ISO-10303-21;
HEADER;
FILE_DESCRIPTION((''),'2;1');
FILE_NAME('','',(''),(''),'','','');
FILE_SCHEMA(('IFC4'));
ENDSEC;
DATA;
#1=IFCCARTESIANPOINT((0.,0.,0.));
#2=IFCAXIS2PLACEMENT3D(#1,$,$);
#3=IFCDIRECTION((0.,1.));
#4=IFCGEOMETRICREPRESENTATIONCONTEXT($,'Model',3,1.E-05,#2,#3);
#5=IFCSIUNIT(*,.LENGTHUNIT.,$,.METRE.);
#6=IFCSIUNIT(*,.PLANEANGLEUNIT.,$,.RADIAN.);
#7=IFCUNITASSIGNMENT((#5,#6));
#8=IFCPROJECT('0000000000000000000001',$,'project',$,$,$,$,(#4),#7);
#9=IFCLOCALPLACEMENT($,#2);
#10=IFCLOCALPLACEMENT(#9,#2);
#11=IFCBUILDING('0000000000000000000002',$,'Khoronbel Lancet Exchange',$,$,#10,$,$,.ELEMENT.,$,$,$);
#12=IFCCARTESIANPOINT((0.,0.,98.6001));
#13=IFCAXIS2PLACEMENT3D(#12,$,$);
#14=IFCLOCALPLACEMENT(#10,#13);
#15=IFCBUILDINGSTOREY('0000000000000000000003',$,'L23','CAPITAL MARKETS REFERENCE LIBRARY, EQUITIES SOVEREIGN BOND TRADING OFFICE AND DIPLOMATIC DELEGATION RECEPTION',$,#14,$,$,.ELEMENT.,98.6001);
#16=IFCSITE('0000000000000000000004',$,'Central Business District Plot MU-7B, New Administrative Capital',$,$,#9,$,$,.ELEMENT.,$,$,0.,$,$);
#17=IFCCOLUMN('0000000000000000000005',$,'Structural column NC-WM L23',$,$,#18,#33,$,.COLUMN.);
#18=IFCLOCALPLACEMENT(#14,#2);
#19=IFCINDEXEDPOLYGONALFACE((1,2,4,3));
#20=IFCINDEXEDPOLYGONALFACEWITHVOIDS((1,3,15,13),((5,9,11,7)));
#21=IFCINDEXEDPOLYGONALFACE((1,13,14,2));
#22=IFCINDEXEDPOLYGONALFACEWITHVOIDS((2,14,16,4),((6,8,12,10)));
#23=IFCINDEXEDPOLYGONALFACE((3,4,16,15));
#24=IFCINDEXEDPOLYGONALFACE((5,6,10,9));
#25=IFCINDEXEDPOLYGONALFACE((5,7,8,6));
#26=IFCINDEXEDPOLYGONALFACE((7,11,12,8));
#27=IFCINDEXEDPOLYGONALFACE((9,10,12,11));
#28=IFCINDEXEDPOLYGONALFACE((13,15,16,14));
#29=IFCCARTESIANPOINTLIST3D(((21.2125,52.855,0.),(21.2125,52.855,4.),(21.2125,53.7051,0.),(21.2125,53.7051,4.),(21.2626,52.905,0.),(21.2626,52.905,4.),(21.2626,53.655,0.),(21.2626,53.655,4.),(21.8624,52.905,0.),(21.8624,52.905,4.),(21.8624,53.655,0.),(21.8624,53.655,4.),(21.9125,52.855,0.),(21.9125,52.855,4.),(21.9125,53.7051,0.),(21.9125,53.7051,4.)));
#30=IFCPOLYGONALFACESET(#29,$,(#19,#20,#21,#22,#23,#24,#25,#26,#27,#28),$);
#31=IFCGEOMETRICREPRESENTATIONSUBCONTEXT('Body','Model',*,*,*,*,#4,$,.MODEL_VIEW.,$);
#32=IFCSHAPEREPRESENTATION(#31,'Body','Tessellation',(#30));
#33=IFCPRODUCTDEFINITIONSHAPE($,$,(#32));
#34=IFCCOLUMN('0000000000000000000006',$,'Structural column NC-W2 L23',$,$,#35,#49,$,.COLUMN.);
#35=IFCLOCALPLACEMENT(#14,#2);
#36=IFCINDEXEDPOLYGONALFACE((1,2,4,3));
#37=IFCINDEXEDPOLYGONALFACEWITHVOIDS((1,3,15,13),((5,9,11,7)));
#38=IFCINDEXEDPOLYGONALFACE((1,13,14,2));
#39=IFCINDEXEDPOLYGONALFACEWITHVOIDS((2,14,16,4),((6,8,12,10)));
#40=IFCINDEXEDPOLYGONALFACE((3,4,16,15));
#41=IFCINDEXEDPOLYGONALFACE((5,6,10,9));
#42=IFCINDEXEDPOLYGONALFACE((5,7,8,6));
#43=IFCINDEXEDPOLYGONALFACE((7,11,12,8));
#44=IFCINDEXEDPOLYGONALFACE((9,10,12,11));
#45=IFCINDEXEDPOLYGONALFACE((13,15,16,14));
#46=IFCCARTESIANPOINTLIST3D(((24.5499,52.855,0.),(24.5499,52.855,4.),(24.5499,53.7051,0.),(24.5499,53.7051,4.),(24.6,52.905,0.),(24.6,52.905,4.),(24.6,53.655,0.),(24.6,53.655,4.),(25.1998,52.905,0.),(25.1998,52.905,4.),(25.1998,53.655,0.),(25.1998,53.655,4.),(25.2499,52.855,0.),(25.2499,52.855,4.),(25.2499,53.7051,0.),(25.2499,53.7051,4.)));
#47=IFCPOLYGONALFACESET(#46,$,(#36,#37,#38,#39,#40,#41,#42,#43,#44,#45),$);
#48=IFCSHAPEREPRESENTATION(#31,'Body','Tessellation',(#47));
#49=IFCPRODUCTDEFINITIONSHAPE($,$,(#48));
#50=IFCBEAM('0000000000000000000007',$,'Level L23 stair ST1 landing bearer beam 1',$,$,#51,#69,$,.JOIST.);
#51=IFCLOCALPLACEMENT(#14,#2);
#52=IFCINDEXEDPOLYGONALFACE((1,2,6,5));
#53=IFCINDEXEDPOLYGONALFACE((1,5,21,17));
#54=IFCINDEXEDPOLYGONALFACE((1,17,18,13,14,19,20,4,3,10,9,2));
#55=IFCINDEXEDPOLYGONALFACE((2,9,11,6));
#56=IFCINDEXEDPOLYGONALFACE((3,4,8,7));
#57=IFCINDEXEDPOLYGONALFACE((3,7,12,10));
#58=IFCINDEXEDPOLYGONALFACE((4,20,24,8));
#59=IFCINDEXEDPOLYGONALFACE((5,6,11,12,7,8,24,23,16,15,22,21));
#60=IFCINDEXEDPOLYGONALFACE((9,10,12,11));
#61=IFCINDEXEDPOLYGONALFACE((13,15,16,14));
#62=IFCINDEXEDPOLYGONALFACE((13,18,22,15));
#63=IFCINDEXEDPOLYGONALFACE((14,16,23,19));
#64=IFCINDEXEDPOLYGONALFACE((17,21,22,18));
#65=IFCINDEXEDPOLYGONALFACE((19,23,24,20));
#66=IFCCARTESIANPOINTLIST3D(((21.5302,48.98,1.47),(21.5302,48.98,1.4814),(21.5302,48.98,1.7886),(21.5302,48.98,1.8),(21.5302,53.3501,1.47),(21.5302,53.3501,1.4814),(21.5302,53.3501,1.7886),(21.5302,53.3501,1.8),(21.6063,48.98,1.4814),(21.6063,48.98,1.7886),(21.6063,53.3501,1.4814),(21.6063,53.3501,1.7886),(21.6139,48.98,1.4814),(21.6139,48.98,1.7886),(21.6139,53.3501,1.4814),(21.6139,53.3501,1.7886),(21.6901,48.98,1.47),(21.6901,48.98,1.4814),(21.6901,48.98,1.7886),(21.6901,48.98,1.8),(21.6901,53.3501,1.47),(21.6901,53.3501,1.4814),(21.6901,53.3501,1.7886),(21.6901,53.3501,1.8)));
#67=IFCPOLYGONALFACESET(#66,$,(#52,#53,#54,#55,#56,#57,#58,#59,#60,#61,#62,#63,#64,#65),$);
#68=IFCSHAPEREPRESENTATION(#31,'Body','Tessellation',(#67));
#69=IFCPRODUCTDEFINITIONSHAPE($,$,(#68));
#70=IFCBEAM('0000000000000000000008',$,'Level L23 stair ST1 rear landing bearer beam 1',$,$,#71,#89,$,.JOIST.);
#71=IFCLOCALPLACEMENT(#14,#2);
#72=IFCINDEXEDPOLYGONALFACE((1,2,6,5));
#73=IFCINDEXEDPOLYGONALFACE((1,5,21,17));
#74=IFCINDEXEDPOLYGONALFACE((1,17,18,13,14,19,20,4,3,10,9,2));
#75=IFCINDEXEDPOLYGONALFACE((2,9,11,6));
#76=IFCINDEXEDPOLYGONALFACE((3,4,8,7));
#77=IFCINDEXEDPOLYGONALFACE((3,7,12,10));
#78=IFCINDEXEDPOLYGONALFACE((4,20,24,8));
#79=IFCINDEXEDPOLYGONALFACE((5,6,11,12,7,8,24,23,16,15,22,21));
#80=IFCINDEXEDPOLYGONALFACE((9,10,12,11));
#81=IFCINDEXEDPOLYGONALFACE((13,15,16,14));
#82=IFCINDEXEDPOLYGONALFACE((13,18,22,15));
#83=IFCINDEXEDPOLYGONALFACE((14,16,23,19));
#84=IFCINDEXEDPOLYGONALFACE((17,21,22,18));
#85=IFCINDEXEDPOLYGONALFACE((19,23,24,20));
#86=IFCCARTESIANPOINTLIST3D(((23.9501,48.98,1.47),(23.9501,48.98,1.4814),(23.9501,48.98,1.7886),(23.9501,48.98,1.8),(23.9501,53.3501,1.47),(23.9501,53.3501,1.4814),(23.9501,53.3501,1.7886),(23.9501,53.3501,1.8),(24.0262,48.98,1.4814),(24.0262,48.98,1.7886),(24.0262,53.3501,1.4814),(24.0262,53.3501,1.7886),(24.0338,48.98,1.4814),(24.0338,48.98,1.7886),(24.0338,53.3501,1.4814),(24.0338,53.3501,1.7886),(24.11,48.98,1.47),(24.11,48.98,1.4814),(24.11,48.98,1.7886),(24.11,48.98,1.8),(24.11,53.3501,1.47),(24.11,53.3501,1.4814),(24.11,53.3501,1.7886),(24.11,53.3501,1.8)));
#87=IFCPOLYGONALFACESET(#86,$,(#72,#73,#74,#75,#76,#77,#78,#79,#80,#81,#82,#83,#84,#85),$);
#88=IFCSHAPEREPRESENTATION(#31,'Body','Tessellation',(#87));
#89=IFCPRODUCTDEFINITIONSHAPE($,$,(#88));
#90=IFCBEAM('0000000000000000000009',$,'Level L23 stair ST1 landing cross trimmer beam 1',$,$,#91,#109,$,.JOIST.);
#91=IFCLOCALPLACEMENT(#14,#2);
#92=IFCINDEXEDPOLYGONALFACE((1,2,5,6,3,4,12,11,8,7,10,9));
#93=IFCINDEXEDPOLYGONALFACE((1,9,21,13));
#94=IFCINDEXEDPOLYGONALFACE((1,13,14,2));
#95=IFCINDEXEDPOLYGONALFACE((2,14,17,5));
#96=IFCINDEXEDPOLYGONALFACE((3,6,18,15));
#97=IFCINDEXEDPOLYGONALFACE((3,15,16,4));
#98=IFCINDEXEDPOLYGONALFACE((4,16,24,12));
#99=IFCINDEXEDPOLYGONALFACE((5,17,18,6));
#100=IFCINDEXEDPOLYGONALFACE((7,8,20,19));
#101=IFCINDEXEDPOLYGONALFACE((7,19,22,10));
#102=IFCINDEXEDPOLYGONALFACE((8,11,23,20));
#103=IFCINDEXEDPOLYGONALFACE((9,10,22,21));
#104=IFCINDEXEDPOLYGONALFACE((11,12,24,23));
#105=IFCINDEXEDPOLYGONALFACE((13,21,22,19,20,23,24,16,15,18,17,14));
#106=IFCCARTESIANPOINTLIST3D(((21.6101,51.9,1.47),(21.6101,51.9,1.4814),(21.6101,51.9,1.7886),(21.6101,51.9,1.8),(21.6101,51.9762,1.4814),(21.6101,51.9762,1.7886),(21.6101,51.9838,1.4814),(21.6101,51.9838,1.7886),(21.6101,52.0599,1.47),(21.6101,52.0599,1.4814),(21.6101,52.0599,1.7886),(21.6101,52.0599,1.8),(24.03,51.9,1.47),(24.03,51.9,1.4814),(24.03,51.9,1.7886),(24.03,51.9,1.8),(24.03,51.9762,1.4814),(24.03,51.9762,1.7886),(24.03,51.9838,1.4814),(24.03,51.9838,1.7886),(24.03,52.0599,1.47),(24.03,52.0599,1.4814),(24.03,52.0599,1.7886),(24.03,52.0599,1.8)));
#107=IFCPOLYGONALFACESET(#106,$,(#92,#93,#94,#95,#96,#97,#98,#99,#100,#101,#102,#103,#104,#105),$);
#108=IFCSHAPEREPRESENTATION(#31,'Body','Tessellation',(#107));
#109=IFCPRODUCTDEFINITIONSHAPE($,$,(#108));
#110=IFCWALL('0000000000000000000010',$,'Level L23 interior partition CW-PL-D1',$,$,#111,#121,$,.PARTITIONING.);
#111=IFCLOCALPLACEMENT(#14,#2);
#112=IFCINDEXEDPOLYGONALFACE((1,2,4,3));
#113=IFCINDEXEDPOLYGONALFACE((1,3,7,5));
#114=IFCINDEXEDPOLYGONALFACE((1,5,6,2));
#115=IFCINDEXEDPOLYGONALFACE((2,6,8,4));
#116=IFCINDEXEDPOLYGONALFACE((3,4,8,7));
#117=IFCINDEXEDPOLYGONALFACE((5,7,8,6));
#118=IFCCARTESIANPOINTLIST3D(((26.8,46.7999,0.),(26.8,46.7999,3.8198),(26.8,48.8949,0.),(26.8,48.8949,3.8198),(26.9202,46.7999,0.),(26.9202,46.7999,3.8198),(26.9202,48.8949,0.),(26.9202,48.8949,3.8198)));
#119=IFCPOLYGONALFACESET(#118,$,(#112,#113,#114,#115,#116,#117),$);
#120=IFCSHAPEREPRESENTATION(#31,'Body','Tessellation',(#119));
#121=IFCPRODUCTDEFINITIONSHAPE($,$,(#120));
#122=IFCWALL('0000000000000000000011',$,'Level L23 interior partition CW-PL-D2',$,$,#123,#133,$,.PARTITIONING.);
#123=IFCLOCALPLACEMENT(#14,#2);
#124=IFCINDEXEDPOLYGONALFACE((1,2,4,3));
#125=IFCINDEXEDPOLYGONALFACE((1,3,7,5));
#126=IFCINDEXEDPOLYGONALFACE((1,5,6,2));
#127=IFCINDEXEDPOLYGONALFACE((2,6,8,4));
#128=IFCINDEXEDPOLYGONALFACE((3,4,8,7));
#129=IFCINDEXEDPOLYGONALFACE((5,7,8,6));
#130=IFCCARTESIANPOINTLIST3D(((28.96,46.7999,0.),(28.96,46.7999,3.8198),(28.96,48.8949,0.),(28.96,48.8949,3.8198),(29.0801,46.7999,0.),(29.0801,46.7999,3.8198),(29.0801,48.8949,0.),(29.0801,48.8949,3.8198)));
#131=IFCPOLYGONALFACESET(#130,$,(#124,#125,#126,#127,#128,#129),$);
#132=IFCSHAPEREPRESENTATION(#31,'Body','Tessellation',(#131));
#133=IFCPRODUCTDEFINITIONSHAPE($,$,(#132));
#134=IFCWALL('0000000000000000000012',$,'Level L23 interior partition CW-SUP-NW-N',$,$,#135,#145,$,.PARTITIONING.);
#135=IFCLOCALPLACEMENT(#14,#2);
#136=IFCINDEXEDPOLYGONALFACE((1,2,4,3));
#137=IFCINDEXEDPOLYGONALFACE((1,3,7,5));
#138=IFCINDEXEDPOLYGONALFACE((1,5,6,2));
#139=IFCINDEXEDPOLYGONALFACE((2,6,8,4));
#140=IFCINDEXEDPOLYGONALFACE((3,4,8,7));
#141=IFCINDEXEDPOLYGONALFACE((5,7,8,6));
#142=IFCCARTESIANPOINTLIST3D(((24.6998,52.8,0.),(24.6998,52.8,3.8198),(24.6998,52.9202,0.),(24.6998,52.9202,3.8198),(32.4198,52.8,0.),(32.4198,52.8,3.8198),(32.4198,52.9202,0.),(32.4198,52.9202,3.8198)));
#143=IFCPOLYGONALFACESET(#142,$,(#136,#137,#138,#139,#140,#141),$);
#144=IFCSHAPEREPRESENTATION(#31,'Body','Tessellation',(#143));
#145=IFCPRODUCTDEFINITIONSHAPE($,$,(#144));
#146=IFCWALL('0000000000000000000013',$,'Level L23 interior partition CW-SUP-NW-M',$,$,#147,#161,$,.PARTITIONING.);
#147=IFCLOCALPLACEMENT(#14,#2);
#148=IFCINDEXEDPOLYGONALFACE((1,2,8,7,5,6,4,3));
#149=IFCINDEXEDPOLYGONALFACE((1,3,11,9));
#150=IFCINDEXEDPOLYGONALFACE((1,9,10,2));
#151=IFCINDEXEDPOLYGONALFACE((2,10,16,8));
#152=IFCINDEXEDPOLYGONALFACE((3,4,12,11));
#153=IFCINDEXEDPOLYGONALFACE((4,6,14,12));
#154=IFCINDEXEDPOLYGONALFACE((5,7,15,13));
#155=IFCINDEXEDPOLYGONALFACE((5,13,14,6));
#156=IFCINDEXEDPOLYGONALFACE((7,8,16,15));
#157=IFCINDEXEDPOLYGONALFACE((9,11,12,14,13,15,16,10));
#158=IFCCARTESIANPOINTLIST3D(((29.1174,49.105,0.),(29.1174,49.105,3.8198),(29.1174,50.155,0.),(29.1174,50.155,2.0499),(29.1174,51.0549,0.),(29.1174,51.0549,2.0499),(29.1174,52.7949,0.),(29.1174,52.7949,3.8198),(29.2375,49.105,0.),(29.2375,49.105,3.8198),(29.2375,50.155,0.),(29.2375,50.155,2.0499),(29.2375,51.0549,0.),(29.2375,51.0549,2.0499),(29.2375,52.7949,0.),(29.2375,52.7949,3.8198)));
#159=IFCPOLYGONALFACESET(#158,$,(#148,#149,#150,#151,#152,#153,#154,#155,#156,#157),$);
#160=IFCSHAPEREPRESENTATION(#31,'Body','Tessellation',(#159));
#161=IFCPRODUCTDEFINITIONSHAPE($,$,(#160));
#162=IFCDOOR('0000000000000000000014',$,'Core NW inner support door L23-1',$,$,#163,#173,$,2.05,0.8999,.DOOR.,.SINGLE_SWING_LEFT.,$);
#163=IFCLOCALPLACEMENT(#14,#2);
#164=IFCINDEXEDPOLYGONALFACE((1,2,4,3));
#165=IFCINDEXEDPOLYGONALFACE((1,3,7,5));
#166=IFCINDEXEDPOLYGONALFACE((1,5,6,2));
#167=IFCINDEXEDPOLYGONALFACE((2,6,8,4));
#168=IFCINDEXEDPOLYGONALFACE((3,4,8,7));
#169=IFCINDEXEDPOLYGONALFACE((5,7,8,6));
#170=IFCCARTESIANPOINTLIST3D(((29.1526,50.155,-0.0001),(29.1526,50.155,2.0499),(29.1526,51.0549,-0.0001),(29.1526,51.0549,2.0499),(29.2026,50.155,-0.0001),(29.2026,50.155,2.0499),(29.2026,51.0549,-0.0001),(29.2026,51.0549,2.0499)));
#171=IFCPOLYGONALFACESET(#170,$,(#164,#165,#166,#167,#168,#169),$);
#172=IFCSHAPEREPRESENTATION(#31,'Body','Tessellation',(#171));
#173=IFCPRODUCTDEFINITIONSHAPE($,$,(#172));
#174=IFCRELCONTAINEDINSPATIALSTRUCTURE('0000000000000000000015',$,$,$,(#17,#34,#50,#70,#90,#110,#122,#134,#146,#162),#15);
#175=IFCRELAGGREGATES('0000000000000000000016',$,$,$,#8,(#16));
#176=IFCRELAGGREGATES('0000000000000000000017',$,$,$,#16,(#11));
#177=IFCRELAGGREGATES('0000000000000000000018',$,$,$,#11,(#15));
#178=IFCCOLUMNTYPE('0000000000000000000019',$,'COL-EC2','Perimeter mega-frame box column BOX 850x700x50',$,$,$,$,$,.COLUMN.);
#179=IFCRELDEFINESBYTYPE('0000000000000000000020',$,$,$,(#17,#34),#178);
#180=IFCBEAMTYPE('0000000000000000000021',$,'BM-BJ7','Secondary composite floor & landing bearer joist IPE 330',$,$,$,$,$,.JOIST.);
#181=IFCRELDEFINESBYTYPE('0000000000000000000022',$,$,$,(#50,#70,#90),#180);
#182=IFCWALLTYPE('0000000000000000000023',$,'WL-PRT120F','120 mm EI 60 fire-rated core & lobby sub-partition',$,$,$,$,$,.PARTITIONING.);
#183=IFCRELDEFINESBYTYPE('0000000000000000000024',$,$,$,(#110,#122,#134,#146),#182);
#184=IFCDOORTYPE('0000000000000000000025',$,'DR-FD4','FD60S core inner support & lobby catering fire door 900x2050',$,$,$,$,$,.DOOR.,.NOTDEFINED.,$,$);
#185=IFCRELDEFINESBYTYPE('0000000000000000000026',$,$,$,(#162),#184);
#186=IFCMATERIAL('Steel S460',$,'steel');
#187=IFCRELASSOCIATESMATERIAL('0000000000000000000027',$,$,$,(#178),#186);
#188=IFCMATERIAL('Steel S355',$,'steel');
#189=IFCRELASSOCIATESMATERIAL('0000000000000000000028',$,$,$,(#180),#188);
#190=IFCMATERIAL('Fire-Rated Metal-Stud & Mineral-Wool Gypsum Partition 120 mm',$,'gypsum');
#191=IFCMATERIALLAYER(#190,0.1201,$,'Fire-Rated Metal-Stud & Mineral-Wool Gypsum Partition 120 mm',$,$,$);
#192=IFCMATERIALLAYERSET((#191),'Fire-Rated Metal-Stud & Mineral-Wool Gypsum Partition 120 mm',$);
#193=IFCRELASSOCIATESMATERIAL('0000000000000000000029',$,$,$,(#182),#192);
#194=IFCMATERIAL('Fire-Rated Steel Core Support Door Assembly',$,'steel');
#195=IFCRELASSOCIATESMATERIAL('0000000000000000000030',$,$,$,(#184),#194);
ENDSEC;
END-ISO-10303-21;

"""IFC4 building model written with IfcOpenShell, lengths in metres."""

from ifc_helpers import new_model, si_unit, direction, frame, frame_2d, origin, origin_2d, place, context, subcontext, project, spatial, rectangle, hollow_rectangle, i_section, extrude, material, layer, layer_set, material_profile, profile_set, type_object, element, fill, save


model = new_model("IFC4")

# Units and contexts
model_context = context("Model", 3, precision=1e-05, world=origin(), true_north=direction((0.0, 1.0)))
body_context = subcontext(model_context, "Body", "Model", "MODEL_VIEW")
ifc_project = project(units=[si_unit("LENGTHUNIT", "METRE"), si_unit("PLANEANGLEUNIT", "RADIAN")], contexts=[model_context])

# Site, building, storey
site_placement = place(None, origin())
site = spatial("IfcSite", under=ifc_project, at=site_placement, Name="Central Business District Plot MU-7B, New Administrative Capital", CompositionType="ELEMENT", RefElevation=0.0)
building_placement = place(site_placement, origin())
building = spatial("IfcBuilding", under=site, at=building_placement, Name="Khoronbel Lancet Exchange", CompositionType="ELEMENT")
storey_placement = place(building_placement, frame((0.0, 0.0, 98.6001)))
storey = spatial("IfcBuildingStorey", under=building, at=storey_placement, Name="L23", Description="CAPITAL MARKETS REFERENCE LIBRARY, EQUITIES SOVEREIGN BOND TRADING OFFICE AND DIPLOMATIC DELEGATION RECEPTION", CompositionType="ELEMENT", Elevation=98.6001)

# Columns
ifc_material_1 = material(Name="Steel S460", Category="steel")
ifc_material_profile_1 = material_profile(ifc_material_1, hollow_rectangle(XDim=0.7, YDim=0.8501, WallThickness=0.05, at=origin_2d()), Name="BOX 850x700x50")
ifc_profile_set_1 = profile_set([ifc_material_profile_1], Name="Steel S460")
column_type = type_object("IfcColumnType", Name="COL-EC2", Description="Perimeter mega-frame box column BOX 850x700x50", PredefinedType="COLUMN", material=ifc_profile_set_1)
for number, where, z_axis, x_axis, name in (
    (1, (21.5625, 53.28, 0.0), (0.0, 0.0, 1.0), (1.0, 0.0, 0.0), "Structural column NC-WM L23"),
    (2, (24.8999, 53.28, 0.0), (0.0, 0.0, 1.0), (1.0, 0.0, 0.0), "Structural column NC-W2 L23"),
):
    element("IfcColumn", number, at=place(storey_placement, frame(where, z_axis=z_axis, x_axis=x_axis)), inside=storey, type_object=column_type, Name=name, PredefinedType="COLUMN", context=body_context, shape_type="SweptSolid", body=[
        extrude(hollow_rectangle(XDim=0.7, YDim=0.8501, WallThickness=0.05, at=origin_2d()), origin(), (0.0, 0.0, 1.0), 4.0),
    ])

# Beams
ifc_material_2 = material(Name="Steel S355", Category="steel")
ifc_material_profile_2 = material_profile(ifc_material_2, i_section(OverallWidth=0.1599, OverallDepth=0.3301, WebThickness=0.0076, FlangeThickness=0.0115, at=origin_2d()), Name="IPE 330")
ifc_profile_set_2 = profile_set([ifc_material_profile_2], Name="Steel S355")
beam_type = type_object("IfcBeamType", Name="BM-BJ7", Description="Secondary composite floor & landing bearer joist IPE 330", PredefinedType="JOIST", material=ifc_profile_set_2)
for number, where, z_axis, x_axis, name in (
    (3, (21.6101, 48.98, 1.635), (0.0, 1.0, 0.0), (-1.0, 0.0, 0.0), "Level L23 stair ST1 landing bearer beam 1"),
    (4, (24.03, 48.98, 1.635), (0.0, 1.0, 0.0), (-1.0, 0.0, 0.0), "Level L23 stair ST1 rear landing bearer beam 1"),
):
    element("IfcBeam", number, at=place(storey_placement, frame(where, z_axis=z_axis, x_axis=x_axis)), inside=storey, type_object=beam_type, Name=name, PredefinedType="JOIST", context=body_context, shape_type="SweptSolid", body=[
        extrude(i_section(OverallWidth=0.1599, OverallDepth=0.3301, WebThickness=0.0076, FlangeThickness=0.0115, at=origin_2d()), origin(), (0.0, 0.0, 1.0), 4.3701),
    ])
beam_placement = place(storey_placement, frame((21.6101, 51.98, 1.635), z_axis=(1.0, 0.0, 0.0), x_axis=(0.0, 1.0, 0.0)))
element("IfcBeam", 5, at=beam_placement, inside=storey, type_object=beam_type, Name="Level L23 stair ST1 landing cross trimmer beam 1", PredefinedType="JOIST", context=body_context, shape_type="SweptSolid", body=[
    extrude(i_section(OverallWidth=0.1599, OverallDepth=0.3301, WebThickness=0.0076, FlangeThickness=0.0115, at=origin_2d()), origin(), (0.0, 0.0, 1.0), 2.4199),
])

# Walls
ifc_material_3 = material(Name="Fire-Rated Metal-Stud & Mineral-Wool Gypsum Partition 120 mm", Category="gypsum")
ifc_layer_1 = layer(ifc_material_3, 0.1201, Name="Fire-Rated Metal-Stud & Mineral-Wool Gypsum Partition 120 mm")
ifc_layer_set_1 = layer_set([ifc_layer_1], Name="Fire-Rated Metal-Stud & Mineral-Wool Gypsum Partition 120 mm")
wall_type_1 = type_object("IfcWallType", Name="WL-PRT120F", Description="120 mm EI 60 fire-rated core & lobby sub-partition", PredefinedType="PARTITIONING", material=ifc_layer_set_1)
for number, where, z_axis, x_axis, name in (
    (6, (26.8601, 46.8, 0.0), (0.0, 0.0, 1.0), (0.0, 1.0, 0.0), "Level L23 interior partition CW-PL-D1"),
    (7, (29.02, 46.8, 0.0), (0.0, 0.0, 1.0), (0.0, 1.0, 0.0), "Level L23 interior partition CW-PL-D2"),
):
    element("IfcWall", number, at=place(storey_placement, frame(where, z_axis=z_axis, x_axis=x_axis)), inside=storey, type_object=wall_type_1, Name=name, PredefinedType="PARTITIONING", context=body_context, shape_type="SweptSolid", body=[
        extrude(rectangle(XDim=2.095, YDim=0.1201, at=frame_2d((1.0474, 0.0))), origin(), (0.0, 0.0, 1.0), 3.8198),
    ])
wall_1_placement = place(storey_placement, frame((24.7, 52.8601, 0.0), z_axis=(0.0, 0.0, 1.0), x_axis=(1.0, 0.0, 0.0)))
element("IfcWall", 8, at=wall_1_placement, inside=storey, type_object=wall_type_1, Name="Level L23 interior partition CW-SUP-NW-N", PredefinedType="PARTITIONING", context=body_context, shape_type="SweptSolid", body=[
    extrude(rectangle(XDim=7.72, YDim=0.1201, at=frame_2d((3.8599, 0.0))), origin(), (0.0, 0.0, 1.0), 3.8198),
])

# Wall, opening, door
wall_2_placement = place(storey_placement, frame((29.1775, 49.105, 0.0), z_axis=(0.0, 0.0, 1.0), x_axis=(0.0, 1.0, 0.0)))
wall_2 = element("IfcWall", 9, at=wall_2_placement, inside=storey, type_object=wall_type_1, Name="Level L23 interior partition CW-SUP-NW-M", PredefinedType="PARTITIONING", context=body_context, shape_type="SweptSolid", body=[
    extrude(rectangle(XDim=3.6899, YDim=0.1201, at=frame_2d((1.845, 0.0))), origin(), (0.0, 0.0, 1.0), 3.8198),
])
opening_1_placement = place(wall_2_placement, frame((1.05, 0.0, 0.0)))
opening_1 = element("IfcOpeningElement", 10, at=opening_1_placement, cuts=wall_2, PredefinedType="OPENING", context=body_context, shape_type="SweptSolid", body=[
    extrude(rectangle(XDim=0.8999, YDim=2.05, at=frame_2d((0.45, 1.0249))), frame((0.0, 0.0701, 0.0), z_axis=(0.0, -1.0, 0.0), x_axis=(1.0, 0.0, 0.0)), (0.0, 0.0, 1.0), 0.1401),
])
ifc_material_4 = material(Name="Fire-Rated Steel Core Support Door Assembly", Category="steel")
door_type_1 = type_object("IfcDoorType", Name="DR-FD4", Description="FD60S core inner support & lobby catering fire door 900x2050", OperationType="NOTDEFINED", PredefinedType="DOOR", material=ifc_material_4)
door_1_placement = place(opening_1_placement, origin())
door_1 = element("IfcDoor", 11, at=door_1_placement, inside=storey, type_object=door_type_1, Name="Core NW inner support door L23-1", OperationType="SINGLE_SWING_LEFT", OverallHeight=2.05, OverallWidth=0.8999, PredefinedType="DOOR", context=body_context, shape_type="SweptSolid", body=[
    extrude(rectangle(XDim=0.8999, YDim=2.05, at=frame_2d((0.45, 1.0249))), frame((0.0, 0.0249, 0.0), z_axis=(0.0, -1.0, 0.0), x_axis=(1.0, 0.0, 0.0)), (0.0, 0.0, 1.0), 0.05),
])
fill(opening_1, door_1)

save(model, "model.ifc")
